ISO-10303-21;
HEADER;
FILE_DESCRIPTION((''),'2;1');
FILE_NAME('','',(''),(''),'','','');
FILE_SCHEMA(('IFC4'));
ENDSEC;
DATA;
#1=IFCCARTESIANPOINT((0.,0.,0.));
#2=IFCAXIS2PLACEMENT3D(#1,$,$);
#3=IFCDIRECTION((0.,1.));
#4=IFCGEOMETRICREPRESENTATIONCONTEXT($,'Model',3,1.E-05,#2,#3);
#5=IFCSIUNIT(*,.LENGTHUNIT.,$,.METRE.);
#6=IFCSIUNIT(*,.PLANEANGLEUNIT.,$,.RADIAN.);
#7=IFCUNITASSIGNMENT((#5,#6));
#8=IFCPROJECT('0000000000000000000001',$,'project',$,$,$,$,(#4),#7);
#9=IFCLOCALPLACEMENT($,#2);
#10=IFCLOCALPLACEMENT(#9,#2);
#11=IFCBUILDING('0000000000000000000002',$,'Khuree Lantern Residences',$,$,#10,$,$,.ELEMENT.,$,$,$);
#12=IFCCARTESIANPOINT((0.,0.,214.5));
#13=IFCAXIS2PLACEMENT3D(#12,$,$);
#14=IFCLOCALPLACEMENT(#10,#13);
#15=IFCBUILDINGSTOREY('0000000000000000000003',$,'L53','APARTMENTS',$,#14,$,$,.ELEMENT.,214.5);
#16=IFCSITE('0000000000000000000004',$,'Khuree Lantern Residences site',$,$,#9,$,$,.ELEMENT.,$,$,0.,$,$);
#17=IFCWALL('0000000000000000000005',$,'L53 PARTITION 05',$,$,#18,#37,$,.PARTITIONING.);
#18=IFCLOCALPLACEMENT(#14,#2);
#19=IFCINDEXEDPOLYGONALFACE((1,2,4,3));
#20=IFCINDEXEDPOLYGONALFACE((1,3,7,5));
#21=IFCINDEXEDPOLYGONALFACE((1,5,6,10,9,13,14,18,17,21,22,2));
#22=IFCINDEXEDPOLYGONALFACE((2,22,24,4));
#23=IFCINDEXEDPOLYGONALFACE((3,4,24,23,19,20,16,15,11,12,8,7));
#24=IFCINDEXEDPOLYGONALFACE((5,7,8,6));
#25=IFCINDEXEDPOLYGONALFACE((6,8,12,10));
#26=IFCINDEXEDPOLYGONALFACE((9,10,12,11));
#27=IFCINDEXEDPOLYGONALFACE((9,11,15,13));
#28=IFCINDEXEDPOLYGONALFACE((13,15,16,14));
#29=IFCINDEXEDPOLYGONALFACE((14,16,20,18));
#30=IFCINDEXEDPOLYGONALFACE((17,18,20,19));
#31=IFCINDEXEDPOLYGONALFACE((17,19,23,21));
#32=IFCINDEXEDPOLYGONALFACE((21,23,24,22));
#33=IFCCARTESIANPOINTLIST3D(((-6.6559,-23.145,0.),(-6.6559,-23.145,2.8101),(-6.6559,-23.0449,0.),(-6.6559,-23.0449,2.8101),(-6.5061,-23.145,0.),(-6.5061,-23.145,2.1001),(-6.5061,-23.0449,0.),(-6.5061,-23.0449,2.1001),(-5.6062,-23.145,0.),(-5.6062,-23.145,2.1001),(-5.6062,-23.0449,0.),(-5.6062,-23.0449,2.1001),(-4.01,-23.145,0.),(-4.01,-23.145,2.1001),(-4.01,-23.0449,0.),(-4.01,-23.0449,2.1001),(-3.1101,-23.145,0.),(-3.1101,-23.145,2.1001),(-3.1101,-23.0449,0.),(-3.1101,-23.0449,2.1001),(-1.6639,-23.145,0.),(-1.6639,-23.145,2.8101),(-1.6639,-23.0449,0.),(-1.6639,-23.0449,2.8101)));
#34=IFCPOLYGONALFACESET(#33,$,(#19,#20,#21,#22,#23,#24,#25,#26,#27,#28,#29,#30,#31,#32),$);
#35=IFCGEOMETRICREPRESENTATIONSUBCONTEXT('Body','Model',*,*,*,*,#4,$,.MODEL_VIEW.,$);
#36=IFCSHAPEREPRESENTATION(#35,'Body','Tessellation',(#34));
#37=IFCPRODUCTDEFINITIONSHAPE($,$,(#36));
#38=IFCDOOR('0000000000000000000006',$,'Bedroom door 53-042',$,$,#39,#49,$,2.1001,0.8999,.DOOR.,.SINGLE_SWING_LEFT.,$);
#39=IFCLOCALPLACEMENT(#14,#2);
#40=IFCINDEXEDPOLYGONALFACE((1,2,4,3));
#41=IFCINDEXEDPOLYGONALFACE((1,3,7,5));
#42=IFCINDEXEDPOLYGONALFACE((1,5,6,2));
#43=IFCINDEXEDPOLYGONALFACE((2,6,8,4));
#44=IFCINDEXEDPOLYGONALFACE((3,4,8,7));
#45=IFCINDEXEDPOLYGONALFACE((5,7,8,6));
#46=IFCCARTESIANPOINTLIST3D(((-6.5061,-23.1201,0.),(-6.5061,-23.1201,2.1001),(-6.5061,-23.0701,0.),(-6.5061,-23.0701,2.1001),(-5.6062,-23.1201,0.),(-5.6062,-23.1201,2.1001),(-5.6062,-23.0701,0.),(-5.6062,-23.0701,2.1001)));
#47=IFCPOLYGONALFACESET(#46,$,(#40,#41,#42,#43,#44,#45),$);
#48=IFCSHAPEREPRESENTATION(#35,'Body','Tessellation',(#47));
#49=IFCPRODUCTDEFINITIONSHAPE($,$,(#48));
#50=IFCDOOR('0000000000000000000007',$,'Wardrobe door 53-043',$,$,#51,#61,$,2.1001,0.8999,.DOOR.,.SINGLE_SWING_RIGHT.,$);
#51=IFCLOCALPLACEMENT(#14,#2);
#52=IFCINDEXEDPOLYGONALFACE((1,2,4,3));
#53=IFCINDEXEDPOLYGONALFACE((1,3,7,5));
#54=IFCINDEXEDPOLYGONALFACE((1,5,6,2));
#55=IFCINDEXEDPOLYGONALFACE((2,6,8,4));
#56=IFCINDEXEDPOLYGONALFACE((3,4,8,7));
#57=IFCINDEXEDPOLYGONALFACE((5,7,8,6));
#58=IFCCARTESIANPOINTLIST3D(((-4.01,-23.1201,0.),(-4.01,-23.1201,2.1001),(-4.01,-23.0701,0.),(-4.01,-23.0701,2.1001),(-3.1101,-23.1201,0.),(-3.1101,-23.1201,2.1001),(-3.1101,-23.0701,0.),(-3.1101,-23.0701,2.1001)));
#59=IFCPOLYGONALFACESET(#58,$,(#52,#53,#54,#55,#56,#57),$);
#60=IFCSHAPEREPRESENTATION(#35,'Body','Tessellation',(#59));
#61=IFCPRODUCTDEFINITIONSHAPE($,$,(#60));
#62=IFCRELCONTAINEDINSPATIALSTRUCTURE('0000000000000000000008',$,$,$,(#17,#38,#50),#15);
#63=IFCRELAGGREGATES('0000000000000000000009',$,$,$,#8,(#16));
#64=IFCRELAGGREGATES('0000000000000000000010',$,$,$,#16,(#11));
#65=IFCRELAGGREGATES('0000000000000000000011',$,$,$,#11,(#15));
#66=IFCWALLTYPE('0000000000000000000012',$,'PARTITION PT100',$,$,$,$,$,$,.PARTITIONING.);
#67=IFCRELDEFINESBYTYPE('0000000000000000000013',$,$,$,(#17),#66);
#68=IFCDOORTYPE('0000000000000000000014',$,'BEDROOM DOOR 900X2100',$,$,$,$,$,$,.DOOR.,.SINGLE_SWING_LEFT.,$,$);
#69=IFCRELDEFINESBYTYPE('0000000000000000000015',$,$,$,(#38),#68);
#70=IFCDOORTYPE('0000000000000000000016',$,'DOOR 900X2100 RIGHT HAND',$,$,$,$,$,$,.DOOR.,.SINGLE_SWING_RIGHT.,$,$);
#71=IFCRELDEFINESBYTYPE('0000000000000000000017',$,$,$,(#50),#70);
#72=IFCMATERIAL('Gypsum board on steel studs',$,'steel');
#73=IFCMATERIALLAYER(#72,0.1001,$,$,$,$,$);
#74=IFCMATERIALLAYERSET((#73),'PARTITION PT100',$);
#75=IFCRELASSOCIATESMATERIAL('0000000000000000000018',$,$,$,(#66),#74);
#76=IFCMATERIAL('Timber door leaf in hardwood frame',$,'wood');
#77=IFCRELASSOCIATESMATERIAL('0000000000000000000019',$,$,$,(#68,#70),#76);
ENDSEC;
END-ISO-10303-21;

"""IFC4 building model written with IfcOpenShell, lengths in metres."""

from ifc_helpers import new_model, si_unit, direction, frame, frame_2d, origin, place, context, subcontext, project, spatial, rectangle, extrude, material, layer, layer_set, type_object, element, fill, save


model = new_model("IFC4")

# Units and contexts
model_context = context("Model", 3, precision=1e-05, world=origin(), true_north=direction((0.0, 1.0)))
body_context = subcontext(model_context, "Body", "Model", "MODEL_VIEW")
ifc_project = project(units=[si_unit("LENGTHUNIT", "METRE"), si_unit("PLANEANGLEUNIT", "RADIAN")], contexts=[model_context])

# Site, building, storey
site_placement = place(None, origin())
site = spatial("IfcSite", under=ifc_project, at=site_placement, Name="Khuree Lantern Residences site", CompositionType="ELEMENT", RefElevation=0.0)
building_placement = place(site_placement, origin())
building = spatial("IfcBuilding", under=site, at=building_placement, Name="Khuree Lantern Residences", CompositionType="ELEMENT")
storey_placement = place(building_placement, frame((0.0, 0.0, 214.5)))
storey = spatial("IfcBuildingStorey", under=building, at=storey_placement, Name="L53", Description="APARTMENTS", CompositionType="ELEMENT", Elevation=214.5)

# Shared definitions
ifc_material_1 = material(Name="Gypsum board on steel studs", Category="steel")
ifc_layer_1 = layer(ifc_material_1, 0.1001)
ifc_layer_set_1 = layer_set([ifc_layer_1], Name="PARTITION PT100")
wall_type = type_object("IfcWallType", Name="PARTITION PT100", PredefinedType="PARTITIONING", material=ifc_layer_set_1)

# Shared definitions
ifc_material_2 = material(Name="Timber door leaf in hardwood frame", Category="wood")
door_type_1 = type_object("IfcDoorType", Name="BEDROOM DOOR 900X2100", OperationType="SINGLE_SWING_LEFT", PredefinedType="DOOR", material=ifc_material_2)

# Wall, openings, doors
wall_1_placement = place(storey_placement, frame((-6.656, -23.095, 0.0), z_axis=(0.0, 0.0, 1.0), x_axis=(1.0, 0.0, 0.0)))
wall_1 = element("IfcWall", 1, at=wall_1_placement, inside=storey, type_object=wall_type, Name="L53 PARTITION 05", PredefinedType="PARTITIONING", context=body_context, shape_type="SweptSolid", body=[
    extrude(rectangle(XDim=4.9919, YDim=0.1001, at=frame_2d((2.4961, 0.0))), origin(), (0.0, 0.0, 1.0), 2.8101),
])
opening_1_placement = place(wall_1_placement, frame((0.1499, 0.0, 0.0)))
opening_1 = element("IfcOpeningElement", 2, at=opening_1_placement, cuts=wall_1, PredefinedType="OPENING", context=body_context, shape_type="SweptSolid", body=[
    extrude(rectangle(XDim=0.8999, YDim=2.1001, at=frame_2d((0.45, 1.05))), frame((0.0, 0.0601, 0.0), z_axis=(0.0, -1.0, 0.0), x_axis=(1.0, 0.0, 0.0)), (0.0, 0.0, 1.0), 0.1201),
])
opening_2_placement = place(wall_1_placement, frame((2.646, 0.0, 0.0)))
opening_2 = element("IfcOpeningElement", 3, at=opening_2_placement, cuts=wall_1, PredefinedType="OPENING", context=body_context, shape_type="SweptSolid", body=[
    extrude(rectangle(XDim=0.8999, YDim=2.1001, at=frame_2d((0.45, 1.05))), frame((0.0, 0.0601, 0.0), z_axis=(0.0, -1.0, 0.0), x_axis=(1.0, 0.0, 0.0)), (0.0, 0.0, 1.0), 0.1201),
])
door_1_placement = place(opening_1_placement, origin())
door_1 = element("IfcDoor", 4, at=door_1_placement, inside=storey, type_object=door_type_1, Name="Bedroom door 53-042", OperationType="SINGLE_SWING_LEFT", OverallHeight=2.1001, OverallWidth=0.8999, PredefinedType="DOOR", context=body_context, shape_type="SweptSolid", body=[
    extrude(rectangle(XDim=0.8999, YDim=2.1001, at=frame_2d((0.45, 1.05))), frame((0.0, 0.0249, 0.0), z_axis=(0.0, -1.0, 0.0), x_axis=(1.0, 0.0, 0.0)), (0.0, 0.0, 1.0), 0.05),
])
fill(opening_1, door_1)
door_type_2 = type_object("IfcDoorType", Name="DOOR 900X2100 RIGHT HAND", OperationType="SINGLE_SWING_RIGHT", PredefinedType="DOOR", material=ifc_material_2)
door_2_placement = place(opening_2_placement, origin())
door_2 = element("IfcDoor", 5, at=door_2_placement, inside=storey, type_object=door_type_2, Name="Wardrobe door 53-043", OperationType="SINGLE_SWING_RIGHT", OverallHeight=2.1001, OverallWidth=0.8999, PredefinedType="DOOR", context=body_context, shape_type="SweptSolid", body=[
    extrude(rectangle(XDim=0.8999, YDim=2.1001, at=frame_2d((0.45, 1.05))), frame((0.0, 0.0249, 0.0), z_axis=(0.0, -1.0, 0.0), x_axis=(1.0, 0.0, 0.0)), (0.0, 0.0, 1.0), 0.05),
])
fill(opening_2, door_2)

save(model, "model.ifc")
